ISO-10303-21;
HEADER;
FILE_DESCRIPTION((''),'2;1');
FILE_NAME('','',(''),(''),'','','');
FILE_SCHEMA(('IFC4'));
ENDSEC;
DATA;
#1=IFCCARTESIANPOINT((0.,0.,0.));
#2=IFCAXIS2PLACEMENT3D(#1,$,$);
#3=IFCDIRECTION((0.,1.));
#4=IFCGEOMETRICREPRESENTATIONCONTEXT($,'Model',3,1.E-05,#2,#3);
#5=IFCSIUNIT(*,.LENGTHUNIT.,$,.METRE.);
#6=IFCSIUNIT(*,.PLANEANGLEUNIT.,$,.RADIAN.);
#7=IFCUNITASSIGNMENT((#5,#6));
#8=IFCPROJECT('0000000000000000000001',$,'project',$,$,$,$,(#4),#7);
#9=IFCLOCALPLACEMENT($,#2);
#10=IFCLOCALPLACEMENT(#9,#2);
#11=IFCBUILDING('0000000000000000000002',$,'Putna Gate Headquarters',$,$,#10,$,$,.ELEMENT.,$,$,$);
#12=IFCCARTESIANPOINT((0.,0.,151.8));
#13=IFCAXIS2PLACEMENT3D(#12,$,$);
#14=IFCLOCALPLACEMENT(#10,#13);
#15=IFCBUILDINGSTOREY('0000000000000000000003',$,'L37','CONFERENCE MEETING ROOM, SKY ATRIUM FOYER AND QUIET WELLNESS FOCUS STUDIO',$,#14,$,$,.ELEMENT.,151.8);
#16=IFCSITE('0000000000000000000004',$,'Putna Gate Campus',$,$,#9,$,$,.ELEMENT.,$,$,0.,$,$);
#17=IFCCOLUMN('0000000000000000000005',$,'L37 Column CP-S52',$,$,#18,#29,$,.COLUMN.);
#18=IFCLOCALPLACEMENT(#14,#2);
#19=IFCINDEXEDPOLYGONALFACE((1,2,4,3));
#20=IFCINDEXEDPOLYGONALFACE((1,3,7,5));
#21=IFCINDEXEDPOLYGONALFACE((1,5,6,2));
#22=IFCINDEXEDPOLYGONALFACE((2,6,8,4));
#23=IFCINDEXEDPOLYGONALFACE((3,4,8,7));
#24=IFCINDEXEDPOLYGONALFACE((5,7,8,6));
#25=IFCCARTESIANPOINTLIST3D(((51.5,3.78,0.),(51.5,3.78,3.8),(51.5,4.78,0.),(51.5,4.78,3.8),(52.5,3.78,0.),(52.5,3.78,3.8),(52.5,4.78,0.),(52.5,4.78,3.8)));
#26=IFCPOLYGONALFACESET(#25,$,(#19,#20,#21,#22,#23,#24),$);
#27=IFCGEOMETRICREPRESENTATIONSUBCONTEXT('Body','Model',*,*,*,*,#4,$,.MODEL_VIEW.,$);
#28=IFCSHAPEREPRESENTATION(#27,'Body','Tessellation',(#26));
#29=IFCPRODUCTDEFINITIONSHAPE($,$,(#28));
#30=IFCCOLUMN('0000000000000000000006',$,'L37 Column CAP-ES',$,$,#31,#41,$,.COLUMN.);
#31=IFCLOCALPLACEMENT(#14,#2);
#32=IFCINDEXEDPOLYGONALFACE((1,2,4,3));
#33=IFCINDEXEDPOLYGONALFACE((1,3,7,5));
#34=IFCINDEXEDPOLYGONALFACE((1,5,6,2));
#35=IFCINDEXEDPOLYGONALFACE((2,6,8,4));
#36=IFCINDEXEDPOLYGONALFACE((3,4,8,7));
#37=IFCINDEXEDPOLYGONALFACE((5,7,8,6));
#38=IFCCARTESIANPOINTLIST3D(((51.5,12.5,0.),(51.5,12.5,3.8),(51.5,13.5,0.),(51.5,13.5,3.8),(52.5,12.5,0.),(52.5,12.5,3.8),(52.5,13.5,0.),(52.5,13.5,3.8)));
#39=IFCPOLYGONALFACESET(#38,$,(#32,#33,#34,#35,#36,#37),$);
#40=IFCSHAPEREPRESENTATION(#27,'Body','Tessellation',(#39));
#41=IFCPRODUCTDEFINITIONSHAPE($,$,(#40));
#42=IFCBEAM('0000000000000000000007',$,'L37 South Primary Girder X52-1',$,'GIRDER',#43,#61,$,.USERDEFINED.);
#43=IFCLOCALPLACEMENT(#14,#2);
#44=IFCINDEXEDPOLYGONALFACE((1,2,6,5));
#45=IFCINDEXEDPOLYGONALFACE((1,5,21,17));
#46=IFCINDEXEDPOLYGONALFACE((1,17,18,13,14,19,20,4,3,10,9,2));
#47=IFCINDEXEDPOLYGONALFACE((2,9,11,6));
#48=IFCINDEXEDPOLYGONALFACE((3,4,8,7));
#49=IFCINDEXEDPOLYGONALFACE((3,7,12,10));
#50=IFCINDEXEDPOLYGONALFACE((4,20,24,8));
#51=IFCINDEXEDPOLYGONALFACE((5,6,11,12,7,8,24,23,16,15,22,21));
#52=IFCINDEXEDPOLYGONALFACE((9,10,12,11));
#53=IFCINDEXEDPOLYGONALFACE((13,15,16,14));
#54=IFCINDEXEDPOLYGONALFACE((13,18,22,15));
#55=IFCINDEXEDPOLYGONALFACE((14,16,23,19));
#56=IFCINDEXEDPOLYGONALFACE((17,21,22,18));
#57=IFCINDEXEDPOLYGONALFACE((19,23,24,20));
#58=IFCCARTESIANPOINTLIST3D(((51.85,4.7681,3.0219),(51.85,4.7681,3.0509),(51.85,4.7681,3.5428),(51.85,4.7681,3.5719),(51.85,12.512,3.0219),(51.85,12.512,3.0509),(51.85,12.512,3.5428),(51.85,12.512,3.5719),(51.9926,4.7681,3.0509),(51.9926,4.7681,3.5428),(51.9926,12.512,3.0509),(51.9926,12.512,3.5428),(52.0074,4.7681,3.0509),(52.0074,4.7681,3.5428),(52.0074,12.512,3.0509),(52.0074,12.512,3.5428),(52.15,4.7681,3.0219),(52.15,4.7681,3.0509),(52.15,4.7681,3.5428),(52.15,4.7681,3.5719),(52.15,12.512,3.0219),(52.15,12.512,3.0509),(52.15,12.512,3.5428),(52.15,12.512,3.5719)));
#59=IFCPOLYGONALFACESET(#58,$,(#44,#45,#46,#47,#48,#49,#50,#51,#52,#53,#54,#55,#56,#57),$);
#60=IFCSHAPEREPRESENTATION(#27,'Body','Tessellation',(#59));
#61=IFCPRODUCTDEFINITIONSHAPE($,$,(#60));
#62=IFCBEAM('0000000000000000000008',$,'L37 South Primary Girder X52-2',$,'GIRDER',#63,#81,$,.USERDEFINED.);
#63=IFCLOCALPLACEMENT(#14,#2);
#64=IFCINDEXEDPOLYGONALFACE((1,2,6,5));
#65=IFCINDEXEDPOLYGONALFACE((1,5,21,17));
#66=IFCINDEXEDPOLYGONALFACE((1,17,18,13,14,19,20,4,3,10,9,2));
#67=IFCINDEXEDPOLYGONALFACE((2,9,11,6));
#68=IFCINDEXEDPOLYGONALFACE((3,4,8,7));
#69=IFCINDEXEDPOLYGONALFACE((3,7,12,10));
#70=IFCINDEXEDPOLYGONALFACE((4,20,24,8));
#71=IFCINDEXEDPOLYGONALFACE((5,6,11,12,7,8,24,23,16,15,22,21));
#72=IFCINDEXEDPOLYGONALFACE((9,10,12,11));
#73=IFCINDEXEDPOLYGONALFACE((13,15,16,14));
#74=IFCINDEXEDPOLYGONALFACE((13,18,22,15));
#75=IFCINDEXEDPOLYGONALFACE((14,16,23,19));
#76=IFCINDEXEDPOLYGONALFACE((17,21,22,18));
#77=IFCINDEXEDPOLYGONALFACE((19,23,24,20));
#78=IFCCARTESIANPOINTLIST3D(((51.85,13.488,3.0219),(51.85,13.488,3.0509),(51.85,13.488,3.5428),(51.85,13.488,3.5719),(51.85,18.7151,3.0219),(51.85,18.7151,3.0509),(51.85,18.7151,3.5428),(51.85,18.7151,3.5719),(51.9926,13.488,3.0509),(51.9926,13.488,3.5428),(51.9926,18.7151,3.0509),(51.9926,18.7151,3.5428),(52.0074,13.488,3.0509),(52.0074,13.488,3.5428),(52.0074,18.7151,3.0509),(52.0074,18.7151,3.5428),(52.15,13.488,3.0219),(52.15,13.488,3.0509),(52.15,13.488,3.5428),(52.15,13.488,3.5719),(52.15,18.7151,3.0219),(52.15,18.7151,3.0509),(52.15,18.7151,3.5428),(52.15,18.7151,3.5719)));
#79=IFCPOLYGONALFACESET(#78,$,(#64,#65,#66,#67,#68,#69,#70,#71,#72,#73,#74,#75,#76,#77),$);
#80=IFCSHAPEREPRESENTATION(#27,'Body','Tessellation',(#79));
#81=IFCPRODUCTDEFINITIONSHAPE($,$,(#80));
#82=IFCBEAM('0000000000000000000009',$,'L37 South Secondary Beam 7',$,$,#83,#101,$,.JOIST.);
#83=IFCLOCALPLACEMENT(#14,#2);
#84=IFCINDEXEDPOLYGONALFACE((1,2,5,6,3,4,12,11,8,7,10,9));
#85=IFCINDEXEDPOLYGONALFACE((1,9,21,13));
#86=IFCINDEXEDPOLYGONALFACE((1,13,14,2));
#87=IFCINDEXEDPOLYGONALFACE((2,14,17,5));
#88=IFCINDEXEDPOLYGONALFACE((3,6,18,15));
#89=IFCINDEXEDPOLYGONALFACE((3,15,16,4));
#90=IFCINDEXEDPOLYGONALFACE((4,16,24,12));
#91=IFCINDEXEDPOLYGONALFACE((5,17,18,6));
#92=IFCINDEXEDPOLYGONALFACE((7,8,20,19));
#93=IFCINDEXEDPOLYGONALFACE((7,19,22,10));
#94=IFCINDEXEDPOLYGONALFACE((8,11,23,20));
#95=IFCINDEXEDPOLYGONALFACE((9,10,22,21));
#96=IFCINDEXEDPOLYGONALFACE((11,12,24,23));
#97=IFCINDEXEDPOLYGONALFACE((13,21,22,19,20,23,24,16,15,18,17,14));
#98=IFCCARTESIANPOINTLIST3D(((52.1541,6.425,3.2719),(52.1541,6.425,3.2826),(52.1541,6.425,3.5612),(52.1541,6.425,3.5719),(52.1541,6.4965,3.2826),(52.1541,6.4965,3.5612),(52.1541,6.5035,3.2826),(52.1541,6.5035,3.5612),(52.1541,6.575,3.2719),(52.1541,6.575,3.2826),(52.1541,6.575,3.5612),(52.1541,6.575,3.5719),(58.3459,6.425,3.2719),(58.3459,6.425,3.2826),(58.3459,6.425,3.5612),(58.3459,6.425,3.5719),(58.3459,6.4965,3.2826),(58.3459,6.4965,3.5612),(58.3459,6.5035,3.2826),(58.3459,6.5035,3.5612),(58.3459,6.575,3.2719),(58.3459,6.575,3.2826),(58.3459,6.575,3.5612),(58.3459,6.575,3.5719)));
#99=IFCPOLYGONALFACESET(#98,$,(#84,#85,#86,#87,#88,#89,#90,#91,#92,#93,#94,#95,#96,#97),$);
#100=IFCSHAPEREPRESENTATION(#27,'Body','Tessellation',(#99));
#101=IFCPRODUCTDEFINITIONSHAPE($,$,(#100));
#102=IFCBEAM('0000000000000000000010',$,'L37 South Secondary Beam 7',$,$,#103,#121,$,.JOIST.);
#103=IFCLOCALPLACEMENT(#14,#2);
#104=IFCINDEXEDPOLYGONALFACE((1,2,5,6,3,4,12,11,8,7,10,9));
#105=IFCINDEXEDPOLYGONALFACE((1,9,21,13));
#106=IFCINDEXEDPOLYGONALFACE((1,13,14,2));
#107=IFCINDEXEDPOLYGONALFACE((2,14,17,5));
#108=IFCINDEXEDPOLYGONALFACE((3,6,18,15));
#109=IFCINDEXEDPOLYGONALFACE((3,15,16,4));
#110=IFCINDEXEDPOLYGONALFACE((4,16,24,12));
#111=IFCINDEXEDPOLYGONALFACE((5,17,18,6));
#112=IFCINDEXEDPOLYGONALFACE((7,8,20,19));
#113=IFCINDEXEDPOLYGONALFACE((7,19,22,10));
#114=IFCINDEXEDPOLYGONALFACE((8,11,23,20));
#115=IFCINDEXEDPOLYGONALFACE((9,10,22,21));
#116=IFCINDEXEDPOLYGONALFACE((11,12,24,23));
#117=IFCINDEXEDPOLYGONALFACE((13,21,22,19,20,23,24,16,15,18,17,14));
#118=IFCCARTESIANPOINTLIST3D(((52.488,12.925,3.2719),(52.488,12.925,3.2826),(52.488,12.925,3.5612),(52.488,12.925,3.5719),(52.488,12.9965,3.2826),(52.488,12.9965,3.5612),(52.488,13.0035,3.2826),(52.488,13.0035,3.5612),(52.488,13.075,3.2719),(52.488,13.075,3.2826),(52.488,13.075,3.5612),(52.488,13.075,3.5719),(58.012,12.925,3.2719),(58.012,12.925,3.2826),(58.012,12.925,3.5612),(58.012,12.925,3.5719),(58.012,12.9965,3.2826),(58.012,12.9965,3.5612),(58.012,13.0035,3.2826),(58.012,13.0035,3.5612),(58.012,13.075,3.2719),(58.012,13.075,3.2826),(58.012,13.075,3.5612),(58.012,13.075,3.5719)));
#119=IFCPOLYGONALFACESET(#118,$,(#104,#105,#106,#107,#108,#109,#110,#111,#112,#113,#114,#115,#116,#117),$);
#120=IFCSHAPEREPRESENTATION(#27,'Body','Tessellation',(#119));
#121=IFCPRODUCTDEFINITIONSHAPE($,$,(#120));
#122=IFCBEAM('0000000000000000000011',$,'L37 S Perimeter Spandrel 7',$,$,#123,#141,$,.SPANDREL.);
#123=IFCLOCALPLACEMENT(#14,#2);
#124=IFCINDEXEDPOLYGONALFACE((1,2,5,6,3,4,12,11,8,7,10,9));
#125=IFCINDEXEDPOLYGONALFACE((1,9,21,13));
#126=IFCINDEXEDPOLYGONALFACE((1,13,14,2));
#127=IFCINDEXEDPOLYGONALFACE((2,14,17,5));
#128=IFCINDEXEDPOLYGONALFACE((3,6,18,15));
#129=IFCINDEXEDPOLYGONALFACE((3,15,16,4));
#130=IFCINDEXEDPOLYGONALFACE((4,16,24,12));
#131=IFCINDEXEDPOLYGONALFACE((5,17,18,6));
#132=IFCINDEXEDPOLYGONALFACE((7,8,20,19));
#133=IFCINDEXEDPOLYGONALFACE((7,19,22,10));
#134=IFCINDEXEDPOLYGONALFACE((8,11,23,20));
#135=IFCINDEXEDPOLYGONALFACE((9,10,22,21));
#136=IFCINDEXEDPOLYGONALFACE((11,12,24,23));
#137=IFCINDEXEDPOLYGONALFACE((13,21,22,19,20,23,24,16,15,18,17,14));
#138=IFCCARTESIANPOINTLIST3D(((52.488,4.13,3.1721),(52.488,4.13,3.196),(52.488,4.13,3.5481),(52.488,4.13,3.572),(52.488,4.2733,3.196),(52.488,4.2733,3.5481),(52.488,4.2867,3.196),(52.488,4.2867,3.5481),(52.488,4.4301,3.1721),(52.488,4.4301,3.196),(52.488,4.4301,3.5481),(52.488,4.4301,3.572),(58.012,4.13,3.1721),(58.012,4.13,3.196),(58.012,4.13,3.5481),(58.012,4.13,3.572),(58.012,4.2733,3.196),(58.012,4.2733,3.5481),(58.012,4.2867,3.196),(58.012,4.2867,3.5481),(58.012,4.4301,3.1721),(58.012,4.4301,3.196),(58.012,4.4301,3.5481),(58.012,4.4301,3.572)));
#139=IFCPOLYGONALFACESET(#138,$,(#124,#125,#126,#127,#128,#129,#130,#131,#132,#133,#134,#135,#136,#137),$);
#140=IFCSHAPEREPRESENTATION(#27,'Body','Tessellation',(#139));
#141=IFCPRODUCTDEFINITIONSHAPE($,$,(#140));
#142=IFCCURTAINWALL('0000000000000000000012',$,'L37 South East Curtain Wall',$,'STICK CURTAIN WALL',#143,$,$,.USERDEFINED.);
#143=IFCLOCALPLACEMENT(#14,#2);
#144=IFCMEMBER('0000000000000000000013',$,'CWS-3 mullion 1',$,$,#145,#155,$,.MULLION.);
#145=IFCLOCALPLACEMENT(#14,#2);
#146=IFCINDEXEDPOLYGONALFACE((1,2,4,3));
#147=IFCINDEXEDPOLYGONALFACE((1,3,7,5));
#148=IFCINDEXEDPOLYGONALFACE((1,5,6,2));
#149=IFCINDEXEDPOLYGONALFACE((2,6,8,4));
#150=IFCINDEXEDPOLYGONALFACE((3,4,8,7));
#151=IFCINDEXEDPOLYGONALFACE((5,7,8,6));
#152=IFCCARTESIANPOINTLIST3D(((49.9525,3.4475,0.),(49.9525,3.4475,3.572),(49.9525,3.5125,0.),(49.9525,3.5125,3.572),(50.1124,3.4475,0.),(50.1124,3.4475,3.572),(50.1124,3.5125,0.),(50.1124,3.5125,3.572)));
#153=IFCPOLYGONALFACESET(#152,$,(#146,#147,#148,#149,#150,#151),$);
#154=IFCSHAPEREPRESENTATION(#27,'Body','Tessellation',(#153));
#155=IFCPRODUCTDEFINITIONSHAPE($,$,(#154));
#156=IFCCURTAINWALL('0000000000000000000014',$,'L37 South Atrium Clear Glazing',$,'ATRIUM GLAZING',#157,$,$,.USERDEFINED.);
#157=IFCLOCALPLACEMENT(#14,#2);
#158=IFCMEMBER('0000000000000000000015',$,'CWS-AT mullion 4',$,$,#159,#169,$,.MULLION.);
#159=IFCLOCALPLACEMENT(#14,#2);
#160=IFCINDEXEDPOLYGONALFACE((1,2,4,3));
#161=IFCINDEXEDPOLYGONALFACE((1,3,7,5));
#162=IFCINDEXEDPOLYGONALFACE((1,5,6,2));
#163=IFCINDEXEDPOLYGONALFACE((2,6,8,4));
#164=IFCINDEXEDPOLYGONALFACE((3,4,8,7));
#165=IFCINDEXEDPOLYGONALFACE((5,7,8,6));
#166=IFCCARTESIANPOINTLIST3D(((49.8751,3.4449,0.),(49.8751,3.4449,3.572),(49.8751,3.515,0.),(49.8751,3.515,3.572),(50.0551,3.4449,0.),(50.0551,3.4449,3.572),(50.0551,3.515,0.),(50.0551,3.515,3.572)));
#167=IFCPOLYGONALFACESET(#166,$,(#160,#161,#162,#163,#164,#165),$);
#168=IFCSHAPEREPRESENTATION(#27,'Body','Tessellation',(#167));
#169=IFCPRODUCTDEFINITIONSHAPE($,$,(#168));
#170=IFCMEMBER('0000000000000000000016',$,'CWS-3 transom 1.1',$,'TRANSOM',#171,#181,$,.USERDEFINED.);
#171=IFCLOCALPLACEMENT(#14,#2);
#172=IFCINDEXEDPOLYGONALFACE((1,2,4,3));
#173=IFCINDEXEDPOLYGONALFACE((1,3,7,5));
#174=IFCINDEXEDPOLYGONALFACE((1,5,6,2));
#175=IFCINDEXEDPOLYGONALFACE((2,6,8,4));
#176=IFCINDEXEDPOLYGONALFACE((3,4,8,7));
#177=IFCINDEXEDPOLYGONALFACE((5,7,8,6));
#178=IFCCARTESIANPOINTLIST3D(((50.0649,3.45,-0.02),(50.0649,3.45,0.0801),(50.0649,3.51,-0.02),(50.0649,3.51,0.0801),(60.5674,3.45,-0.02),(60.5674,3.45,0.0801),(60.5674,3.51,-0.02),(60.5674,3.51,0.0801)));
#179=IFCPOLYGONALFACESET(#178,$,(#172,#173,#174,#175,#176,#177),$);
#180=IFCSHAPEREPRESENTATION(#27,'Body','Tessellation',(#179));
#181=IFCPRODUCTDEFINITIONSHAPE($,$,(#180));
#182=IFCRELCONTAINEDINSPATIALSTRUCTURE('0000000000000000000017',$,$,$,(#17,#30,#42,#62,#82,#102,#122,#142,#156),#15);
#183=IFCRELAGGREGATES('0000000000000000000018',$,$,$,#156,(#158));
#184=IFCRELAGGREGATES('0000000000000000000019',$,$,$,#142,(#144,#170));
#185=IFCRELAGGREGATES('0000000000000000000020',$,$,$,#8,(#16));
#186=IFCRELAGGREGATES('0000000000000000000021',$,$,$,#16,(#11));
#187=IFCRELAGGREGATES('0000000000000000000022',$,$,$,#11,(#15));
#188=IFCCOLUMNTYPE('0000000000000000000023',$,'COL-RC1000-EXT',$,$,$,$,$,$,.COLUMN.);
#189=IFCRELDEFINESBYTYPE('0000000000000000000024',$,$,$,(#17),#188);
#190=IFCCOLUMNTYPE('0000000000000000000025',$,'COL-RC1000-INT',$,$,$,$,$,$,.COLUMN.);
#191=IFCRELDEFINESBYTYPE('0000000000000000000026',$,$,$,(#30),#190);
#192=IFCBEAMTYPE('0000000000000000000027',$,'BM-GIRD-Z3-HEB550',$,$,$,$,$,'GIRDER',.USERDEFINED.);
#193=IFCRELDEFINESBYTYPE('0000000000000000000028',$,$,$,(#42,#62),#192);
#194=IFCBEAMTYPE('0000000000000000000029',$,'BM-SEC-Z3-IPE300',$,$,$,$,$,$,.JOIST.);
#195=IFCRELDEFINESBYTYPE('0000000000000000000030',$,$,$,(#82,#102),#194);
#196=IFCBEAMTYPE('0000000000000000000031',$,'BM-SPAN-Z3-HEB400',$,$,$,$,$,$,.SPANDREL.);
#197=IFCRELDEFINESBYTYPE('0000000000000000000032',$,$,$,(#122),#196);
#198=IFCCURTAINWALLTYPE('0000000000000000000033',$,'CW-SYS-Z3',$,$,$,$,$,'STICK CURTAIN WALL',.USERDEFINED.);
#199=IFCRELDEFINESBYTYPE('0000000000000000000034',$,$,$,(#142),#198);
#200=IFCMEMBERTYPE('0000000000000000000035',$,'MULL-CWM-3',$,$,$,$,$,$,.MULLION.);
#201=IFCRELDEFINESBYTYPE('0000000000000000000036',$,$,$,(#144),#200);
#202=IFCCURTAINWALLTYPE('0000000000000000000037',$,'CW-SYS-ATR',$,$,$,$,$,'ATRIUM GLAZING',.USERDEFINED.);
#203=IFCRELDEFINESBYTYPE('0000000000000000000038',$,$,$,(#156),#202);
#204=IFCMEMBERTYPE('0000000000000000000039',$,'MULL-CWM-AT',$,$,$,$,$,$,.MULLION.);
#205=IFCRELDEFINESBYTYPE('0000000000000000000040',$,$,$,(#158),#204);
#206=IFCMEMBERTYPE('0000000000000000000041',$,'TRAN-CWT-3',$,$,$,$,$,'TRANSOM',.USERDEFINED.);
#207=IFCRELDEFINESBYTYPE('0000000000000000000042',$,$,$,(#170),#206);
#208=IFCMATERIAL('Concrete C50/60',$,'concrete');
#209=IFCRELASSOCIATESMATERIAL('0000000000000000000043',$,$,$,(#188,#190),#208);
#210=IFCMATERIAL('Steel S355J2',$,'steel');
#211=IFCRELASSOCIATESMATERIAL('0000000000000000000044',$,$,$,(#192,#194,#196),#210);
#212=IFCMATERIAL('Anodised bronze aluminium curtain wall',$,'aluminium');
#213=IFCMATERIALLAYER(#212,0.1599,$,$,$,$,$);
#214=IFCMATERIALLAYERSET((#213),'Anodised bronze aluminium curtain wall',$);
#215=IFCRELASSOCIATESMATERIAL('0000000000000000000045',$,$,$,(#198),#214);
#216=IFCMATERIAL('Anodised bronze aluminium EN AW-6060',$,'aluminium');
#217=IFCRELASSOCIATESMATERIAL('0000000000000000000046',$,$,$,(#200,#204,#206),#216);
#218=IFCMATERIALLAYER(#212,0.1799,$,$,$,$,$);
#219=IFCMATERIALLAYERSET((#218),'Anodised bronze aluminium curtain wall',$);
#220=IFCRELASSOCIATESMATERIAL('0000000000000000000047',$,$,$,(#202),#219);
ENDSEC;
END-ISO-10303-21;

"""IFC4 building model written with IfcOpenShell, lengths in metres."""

from ifc_helpers import new_model, si_unit, direction, frame, origin, origin_2d, place, context, subcontext, project, spatial, rectangle, i_section, extrude, material, layer, layer_set, material_profile, profile_set, type_object, element, aggregate, save


model = new_model("IFC4")

# Units and contexts
model_context = context("Model", 3, precision=1e-05, world=origin(), true_north=direction((0.0, 1.0)))
body_context = subcontext(model_context, "Body", "Model", "MODEL_VIEW")
ifc_project = project(units=[si_unit("LENGTHUNIT", "METRE"), si_unit("PLANEANGLEUNIT", "RADIAN")], contexts=[model_context])

# Site, building, storey
site_placement = place(None, origin())
site = spatial("IfcSite", under=ifc_project, at=site_placement, Name="Putna Gate Campus", CompositionType="ELEMENT", RefElevation=0.0)
building_placement = place(site_placement, origin())
building = spatial("IfcBuilding", under=site, at=building_placement, Name="Putna Gate Headquarters", CompositionType="ELEMENT")
storey_placement = place(building_placement, frame((0.0, 0.0, 151.8)))
storey = spatial("IfcBuildingStorey", under=building, at=storey_placement, Name="L37", Description="CONFERENCE MEETING ROOM, SKY ATRIUM FOYER AND QUIET WELLNESS FOCUS STUDIO", CompositionType="ELEMENT", Elevation=151.8)

# Columns
ifc_material_1 = material(Name="Concrete C50/60", Category="concrete")
ifc_material_profile_1 = material_profile(ifc_material_1, rectangle(XDim=1.0, YDim=1.0, at=origin_2d()), Name="Concrete C50/60")
ifc_profile_set_1 = profile_set([ifc_material_profile_1], Name="Concrete C50/60")
column_type_1 = type_object("IfcColumnType", Name="COL-RC1000-EXT", PredefinedType="COLUMN", material=ifc_profile_set_1)
column_1_placement = place(storey_placement, frame((52.0, 4.28, 0.0), z_axis=(0.0, 0.0, 1.0), x_axis=(1.0, 0.0, 0.0)))
element("IfcColumn", 1, at=column_1_placement, inside=storey, type_object=column_type_1, Name="L37 Column CP-S52", PredefinedType="COLUMN", context=body_context, shape_type="SweptSolid", body=[
    extrude(rectangle(XDim=1.0, YDim=1.0, at=origin_2d()), origin(), (0.0, 0.0, 1.0), 3.8),
])
ifc_material_profile_2 = material_profile(ifc_material_1, rectangle(XDim=1.0, YDim=1.0, at=origin_2d()), Name="Concrete C50/60")
ifc_profile_set_2 = profile_set([ifc_material_profile_2], Name="Concrete C50/60")
column_type_2 = type_object("IfcColumnType", Name="COL-RC1000-INT", PredefinedType="COLUMN", material=ifc_profile_set_2)
column_2_placement = place(storey_placement, frame((52.0, 13.0, 0.0), z_axis=(0.0, 0.0, 1.0), x_axis=(1.0, 0.0, 0.0)))
element("IfcColumn", 2, at=column_2_placement, inside=storey, type_object=column_type_2, Name="L37 Column CAP-ES", PredefinedType="COLUMN", context=body_context, shape_type="SweptSolid", body=[
    extrude(rectangle(XDim=1.0, YDim=1.0, at=origin_2d()), origin(), (0.0, 0.0, 1.0), 3.8),
])

# Beams
ifc_material_2 = material(Name="Steel S355J2", Category="steel")
ifc_material_profile_3 = material_profile(ifc_material_2, i_section(OverallWidth=0.3, OverallDepth=0.55, WebThickness=0.0149, FlangeThickness=0.0291, at=origin_2d()), Name="Steel S355J2")
ifc_profile_set_3 = profile_set([ifc_material_profile_3], Name="Steel S355J2")
beam_type_1 = type_object("IfcBeamType", Name="BM-GIRD-Z3-HEB550", ElementType="GIRDER", PredefinedType="USERDEFINED", material=ifc_profile_set_3)
beam_1_placement = place(storey_placement, frame((52.0, 4.7681, 3.2969), z_axis=(0.0, 1.0, 0.0), x_axis=(-1.0, 0.0, 0.0)))
element("IfcBeam", 3, at=beam_1_placement, inside=storey, type_object=beam_type_1, Name="L37 South Primary Girder X52-1", ObjectType="GIRDER", PredefinedType="USERDEFINED", context=body_context, shape_type="SweptSolid", body=[
    extrude(i_section(OverallWidth=0.3, OverallDepth=0.55, WebThickness=0.0149, FlangeThickness=0.0291, at=origin_2d()), origin(), (0.0, 0.0, 1.0), 7.7439),
])
beam_2_placement = place(storey_placement, frame((52.0, 13.488, 3.2969), z_axis=(0.0, 1.0, 0.0), x_axis=(-1.0, 0.0, 0.0)))
element("IfcBeam", 4, at=beam_2_placement, inside=storey, type_object=beam_type_1, Name="L37 South Primary Girder X52-2", ObjectType="GIRDER", PredefinedType="USERDEFINED", context=body_context, shape_type="SweptSolid", body=[
    extrude(i_section(OverallWidth=0.3, OverallDepth=0.55, WebThickness=0.0149, FlangeThickness=0.0291, at=origin_2d()), origin(), (0.0, 0.0, 1.0), 5.2271),
])
ifc_material_profile_4 = material_profile(ifc_material_2, i_section(OverallWidth=0.1499, OverallDepth=0.3, WebThickness=0.0071, FlangeThickness=0.0107, at=origin_2d()), Name="Steel S355J2")
ifc_profile_set_4 = profile_set([ifc_material_profile_4], Name="Steel S355J2")
beam_type_2 = type_object("IfcBeamType", Name="BM-SEC-Z3-IPE300", PredefinedType="JOIST", material=ifc_profile_set_4)
beam_3_placement = place(storey_placement, frame((52.1541, 6.5, 3.4219), z_axis=(1.0, 0.0, 0.0), x_axis=(0.0, 1.0, 0.0)))
element("IfcBeam", 5, at=beam_3_placement, inside=storey, type_object=beam_type_2, Name="L37 South Secondary Beam 7", PredefinedType="JOIST", context=body_context, shape_type="SweptSolid", body=[
    extrude(i_section(OverallWidth=0.1499, OverallDepth=0.3, WebThickness=0.0071, FlangeThickness=0.0107, at=origin_2d()), origin(), (0.0, 0.0, 1.0), 6.1919),
])
beam_4_placement = place(storey_placement, frame((52.488, 13.0, 3.4219), z_axis=(1.0, 0.0, 0.0), x_axis=(0.0, 1.0, 0.0)))
element("IfcBeam", 6, at=beam_4_placement, inside=storey, type_object=beam_type_2, Name="L37 South Secondary Beam 7", PredefinedType="JOIST", context=body_context, shape_type="SweptSolid", body=[
    extrude(i_section(OverallWidth=0.1499, OverallDepth=0.3, WebThickness=0.0071, FlangeThickness=0.0107, at=origin_2d()), origin(), (0.0, 0.0, 1.0), 5.5239),
])
ifc_material_profile_5 = material_profile(ifc_material_2, i_section(OverallWidth=0.3, OverallDepth=0.3999, WebThickness=0.0134, FlangeThickness=0.0239, at=origin_2d()), Name="Steel S355J2")
ifc_profile_set_5 = profile_set([ifc_material_profile_5], Name="Steel S355J2")
beam_type_3 = type_object("IfcBeamType", Name="BM-SPAN-Z3-HEB400", PredefinedType="SPANDREL", material=ifc_profile_set_5)
beam_5_placement = place(storey_placement, frame((52.488, 4.28, 3.3721), z_axis=(1.0, 0.0, 0.0), x_axis=(0.0, 1.0, 0.0)))
element("IfcBeam", 7, at=beam_5_placement, inside=storey, type_object=beam_type_3, Name="L37 S Perimeter Spandrel 7", PredefinedType="SPANDREL", context=body_context, shape_type="SweptSolid", body=[
    extrude(i_section(OverallWidth=0.3, OverallDepth=0.3999, WebThickness=0.0134, FlangeThickness=0.0239, at=origin_2d()), origin(), (0.0, 0.0, 1.0), 5.5239),
])

# Curtain walls, members
ifc_material_3 = material(Name="Anodised bronze aluminium curtain wall", Category="aluminium")
ifc_layer_1 = layer(ifc_material_3, 0.1599)
ifc_layer_set_1 = layer_set([ifc_layer_1], Name="Anodised bronze aluminium curtain wall")
curtain_wall_type_1 = type_object("IfcCurtainWallType", Name="CW-SYS-Z3", ElementType="STICK CURTAIN WALL", PredefinedType="USERDEFINED", material=ifc_layer_set_1)
curtain_wall_1_placement = place(storey_placement, origin())
curtain_wall_1 = element("IfcCurtainWall", 8, at=curtain_wall_1_placement, inside=storey, type_object=curtain_wall_type_1, Name="L37 South East Curtain Wall", ObjectType="STICK CURTAIN WALL", PredefinedType="USERDEFINED")
ifc_material_4 = material(Name="Anodised bronze aluminium EN AW-6060", Category="aluminium")
ifc_material_profile_6 = material_profile(ifc_material_4, rectangle(XDim=0.0649, YDim=0.1599, at=origin_2d()), Name="Anodised bronze aluminium EN AW-6060")
ifc_profile_set_6 = profile_set([ifc_material_profile_6], Name="Anodised bronze aluminium EN AW-6060")
member_type_1 = type_object("IfcMemberType", Name="MULL-CWM-3", PredefinedType="MULLION", material=ifc_profile_set_6)
member_1_placement = place(storey_placement, frame((50.0325, 3.48, 0.0), z_axis=(0.0, 0.0, 1.0), x_axis=(0.0, 1.0, 0.0)))
member_1 = element("IfcMember", 9, at=member_1_placement, type_object=member_type_1, Name="CWS-3 mullion 1", PredefinedType="MULLION", context=body_context, shape_type="SweptSolid", body=[
    extrude(rectangle(XDim=0.0649, YDim=0.1599, at=origin_2d()), origin(), (0.0, 0.0, 1.0), 3.572),
])
ifc_layer_2 = layer(ifc_material_3, 0.1799)
ifc_layer_set_2 = layer_set([ifc_layer_2], Name="Anodised bronze aluminium curtain wall")
curtain_wall_type_2 = type_object("IfcCurtainWallType", Name="CW-SYS-ATR", ElementType="ATRIUM GLAZING", PredefinedType="USERDEFINED", material=ifc_layer_set_2)
curtain_wall_2_placement = place(storey_placement, origin())
curtain_wall_2 = element("IfcCurtainWall", 10, at=curtain_wall_2_placement, inside=storey, type_object=curtain_wall_type_2, Name="L37 South Atrium Clear Glazing", ObjectType="ATRIUM GLAZING", PredefinedType="USERDEFINED")
ifc_material_profile_7 = material_profile(ifc_material_4, rectangle(XDim=0.0701, YDim=0.1799, at=origin_2d()), Name="Anodised bronze aluminium EN AW-6060")
ifc_profile_set_7 = profile_set([ifc_material_profile_7], Name="Anodised bronze aluminium EN AW-6060")
member_type_2 = type_object("IfcMemberType", Name="MULL-CWM-AT", PredefinedType="MULLION", material=ifc_profile_set_7)
member_2_placement = place(storey_placement, frame((49.9651, 3.48, 0.0), z_axis=(0.0, 0.0, 1.0), x_axis=(0.0, 1.0, 0.0)))
member_2 = element("IfcMember", 11, at=member_2_placement, type_object=member_type_2, Name="CWS-AT mullion 4", PredefinedType="MULLION", context=body_context, shape_type="SweptSolid", body=[
    extrude(rectangle(XDim=0.0701, YDim=0.1799, at=origin_2d()), origin(), (0.0, 0.0, 1.0), 3.572),
])
aggregate(curtain_wall_2, [member_2])

# Member
ifc_material_profile_8 = material_profile(ifc_material_4, rectangle(XDim=0.0601, YDim=0.1001, at=origin_2d()), Name="Anodised bronze aluminium EN AW-6060")
ifc_profile_set_8 = profile_set([ifc_material_profile_8], Name="Anodised bronze aluminium EN AW-6060")
member_type_3 = type_object("IfcMemberType", Name="TRAN-CWT-3", ElementType="TRANSOM", PredefinedType="USERDEFINED", material=ifc_profile_set_8)
member_3_placement = place(storey_placement, frame((50.0649, 3.48, 0.03), z_axis=(1.0, 0.0, 0.0), x_axis=(0.0, 1.0, 0.0)))
member_3 = element("IfcMember", 12, at=member_3_placement, type_object=member_type_3, Name="CWS-3 transom 1.1", ObjectType="TRANSOM", PredefinedType="USERDEFINED", context=body_context, shape_type="SweptSolid", body=[
    extrude(rectangle(XDim=0.0601, YDim=0.1001, at=origin_2d()), origin(), (0.0, 0.0, 1.0), 10.5024),
])

aggregate(curtain_wall_1, [member_1, member_3])

save(model, "model.ifc")
